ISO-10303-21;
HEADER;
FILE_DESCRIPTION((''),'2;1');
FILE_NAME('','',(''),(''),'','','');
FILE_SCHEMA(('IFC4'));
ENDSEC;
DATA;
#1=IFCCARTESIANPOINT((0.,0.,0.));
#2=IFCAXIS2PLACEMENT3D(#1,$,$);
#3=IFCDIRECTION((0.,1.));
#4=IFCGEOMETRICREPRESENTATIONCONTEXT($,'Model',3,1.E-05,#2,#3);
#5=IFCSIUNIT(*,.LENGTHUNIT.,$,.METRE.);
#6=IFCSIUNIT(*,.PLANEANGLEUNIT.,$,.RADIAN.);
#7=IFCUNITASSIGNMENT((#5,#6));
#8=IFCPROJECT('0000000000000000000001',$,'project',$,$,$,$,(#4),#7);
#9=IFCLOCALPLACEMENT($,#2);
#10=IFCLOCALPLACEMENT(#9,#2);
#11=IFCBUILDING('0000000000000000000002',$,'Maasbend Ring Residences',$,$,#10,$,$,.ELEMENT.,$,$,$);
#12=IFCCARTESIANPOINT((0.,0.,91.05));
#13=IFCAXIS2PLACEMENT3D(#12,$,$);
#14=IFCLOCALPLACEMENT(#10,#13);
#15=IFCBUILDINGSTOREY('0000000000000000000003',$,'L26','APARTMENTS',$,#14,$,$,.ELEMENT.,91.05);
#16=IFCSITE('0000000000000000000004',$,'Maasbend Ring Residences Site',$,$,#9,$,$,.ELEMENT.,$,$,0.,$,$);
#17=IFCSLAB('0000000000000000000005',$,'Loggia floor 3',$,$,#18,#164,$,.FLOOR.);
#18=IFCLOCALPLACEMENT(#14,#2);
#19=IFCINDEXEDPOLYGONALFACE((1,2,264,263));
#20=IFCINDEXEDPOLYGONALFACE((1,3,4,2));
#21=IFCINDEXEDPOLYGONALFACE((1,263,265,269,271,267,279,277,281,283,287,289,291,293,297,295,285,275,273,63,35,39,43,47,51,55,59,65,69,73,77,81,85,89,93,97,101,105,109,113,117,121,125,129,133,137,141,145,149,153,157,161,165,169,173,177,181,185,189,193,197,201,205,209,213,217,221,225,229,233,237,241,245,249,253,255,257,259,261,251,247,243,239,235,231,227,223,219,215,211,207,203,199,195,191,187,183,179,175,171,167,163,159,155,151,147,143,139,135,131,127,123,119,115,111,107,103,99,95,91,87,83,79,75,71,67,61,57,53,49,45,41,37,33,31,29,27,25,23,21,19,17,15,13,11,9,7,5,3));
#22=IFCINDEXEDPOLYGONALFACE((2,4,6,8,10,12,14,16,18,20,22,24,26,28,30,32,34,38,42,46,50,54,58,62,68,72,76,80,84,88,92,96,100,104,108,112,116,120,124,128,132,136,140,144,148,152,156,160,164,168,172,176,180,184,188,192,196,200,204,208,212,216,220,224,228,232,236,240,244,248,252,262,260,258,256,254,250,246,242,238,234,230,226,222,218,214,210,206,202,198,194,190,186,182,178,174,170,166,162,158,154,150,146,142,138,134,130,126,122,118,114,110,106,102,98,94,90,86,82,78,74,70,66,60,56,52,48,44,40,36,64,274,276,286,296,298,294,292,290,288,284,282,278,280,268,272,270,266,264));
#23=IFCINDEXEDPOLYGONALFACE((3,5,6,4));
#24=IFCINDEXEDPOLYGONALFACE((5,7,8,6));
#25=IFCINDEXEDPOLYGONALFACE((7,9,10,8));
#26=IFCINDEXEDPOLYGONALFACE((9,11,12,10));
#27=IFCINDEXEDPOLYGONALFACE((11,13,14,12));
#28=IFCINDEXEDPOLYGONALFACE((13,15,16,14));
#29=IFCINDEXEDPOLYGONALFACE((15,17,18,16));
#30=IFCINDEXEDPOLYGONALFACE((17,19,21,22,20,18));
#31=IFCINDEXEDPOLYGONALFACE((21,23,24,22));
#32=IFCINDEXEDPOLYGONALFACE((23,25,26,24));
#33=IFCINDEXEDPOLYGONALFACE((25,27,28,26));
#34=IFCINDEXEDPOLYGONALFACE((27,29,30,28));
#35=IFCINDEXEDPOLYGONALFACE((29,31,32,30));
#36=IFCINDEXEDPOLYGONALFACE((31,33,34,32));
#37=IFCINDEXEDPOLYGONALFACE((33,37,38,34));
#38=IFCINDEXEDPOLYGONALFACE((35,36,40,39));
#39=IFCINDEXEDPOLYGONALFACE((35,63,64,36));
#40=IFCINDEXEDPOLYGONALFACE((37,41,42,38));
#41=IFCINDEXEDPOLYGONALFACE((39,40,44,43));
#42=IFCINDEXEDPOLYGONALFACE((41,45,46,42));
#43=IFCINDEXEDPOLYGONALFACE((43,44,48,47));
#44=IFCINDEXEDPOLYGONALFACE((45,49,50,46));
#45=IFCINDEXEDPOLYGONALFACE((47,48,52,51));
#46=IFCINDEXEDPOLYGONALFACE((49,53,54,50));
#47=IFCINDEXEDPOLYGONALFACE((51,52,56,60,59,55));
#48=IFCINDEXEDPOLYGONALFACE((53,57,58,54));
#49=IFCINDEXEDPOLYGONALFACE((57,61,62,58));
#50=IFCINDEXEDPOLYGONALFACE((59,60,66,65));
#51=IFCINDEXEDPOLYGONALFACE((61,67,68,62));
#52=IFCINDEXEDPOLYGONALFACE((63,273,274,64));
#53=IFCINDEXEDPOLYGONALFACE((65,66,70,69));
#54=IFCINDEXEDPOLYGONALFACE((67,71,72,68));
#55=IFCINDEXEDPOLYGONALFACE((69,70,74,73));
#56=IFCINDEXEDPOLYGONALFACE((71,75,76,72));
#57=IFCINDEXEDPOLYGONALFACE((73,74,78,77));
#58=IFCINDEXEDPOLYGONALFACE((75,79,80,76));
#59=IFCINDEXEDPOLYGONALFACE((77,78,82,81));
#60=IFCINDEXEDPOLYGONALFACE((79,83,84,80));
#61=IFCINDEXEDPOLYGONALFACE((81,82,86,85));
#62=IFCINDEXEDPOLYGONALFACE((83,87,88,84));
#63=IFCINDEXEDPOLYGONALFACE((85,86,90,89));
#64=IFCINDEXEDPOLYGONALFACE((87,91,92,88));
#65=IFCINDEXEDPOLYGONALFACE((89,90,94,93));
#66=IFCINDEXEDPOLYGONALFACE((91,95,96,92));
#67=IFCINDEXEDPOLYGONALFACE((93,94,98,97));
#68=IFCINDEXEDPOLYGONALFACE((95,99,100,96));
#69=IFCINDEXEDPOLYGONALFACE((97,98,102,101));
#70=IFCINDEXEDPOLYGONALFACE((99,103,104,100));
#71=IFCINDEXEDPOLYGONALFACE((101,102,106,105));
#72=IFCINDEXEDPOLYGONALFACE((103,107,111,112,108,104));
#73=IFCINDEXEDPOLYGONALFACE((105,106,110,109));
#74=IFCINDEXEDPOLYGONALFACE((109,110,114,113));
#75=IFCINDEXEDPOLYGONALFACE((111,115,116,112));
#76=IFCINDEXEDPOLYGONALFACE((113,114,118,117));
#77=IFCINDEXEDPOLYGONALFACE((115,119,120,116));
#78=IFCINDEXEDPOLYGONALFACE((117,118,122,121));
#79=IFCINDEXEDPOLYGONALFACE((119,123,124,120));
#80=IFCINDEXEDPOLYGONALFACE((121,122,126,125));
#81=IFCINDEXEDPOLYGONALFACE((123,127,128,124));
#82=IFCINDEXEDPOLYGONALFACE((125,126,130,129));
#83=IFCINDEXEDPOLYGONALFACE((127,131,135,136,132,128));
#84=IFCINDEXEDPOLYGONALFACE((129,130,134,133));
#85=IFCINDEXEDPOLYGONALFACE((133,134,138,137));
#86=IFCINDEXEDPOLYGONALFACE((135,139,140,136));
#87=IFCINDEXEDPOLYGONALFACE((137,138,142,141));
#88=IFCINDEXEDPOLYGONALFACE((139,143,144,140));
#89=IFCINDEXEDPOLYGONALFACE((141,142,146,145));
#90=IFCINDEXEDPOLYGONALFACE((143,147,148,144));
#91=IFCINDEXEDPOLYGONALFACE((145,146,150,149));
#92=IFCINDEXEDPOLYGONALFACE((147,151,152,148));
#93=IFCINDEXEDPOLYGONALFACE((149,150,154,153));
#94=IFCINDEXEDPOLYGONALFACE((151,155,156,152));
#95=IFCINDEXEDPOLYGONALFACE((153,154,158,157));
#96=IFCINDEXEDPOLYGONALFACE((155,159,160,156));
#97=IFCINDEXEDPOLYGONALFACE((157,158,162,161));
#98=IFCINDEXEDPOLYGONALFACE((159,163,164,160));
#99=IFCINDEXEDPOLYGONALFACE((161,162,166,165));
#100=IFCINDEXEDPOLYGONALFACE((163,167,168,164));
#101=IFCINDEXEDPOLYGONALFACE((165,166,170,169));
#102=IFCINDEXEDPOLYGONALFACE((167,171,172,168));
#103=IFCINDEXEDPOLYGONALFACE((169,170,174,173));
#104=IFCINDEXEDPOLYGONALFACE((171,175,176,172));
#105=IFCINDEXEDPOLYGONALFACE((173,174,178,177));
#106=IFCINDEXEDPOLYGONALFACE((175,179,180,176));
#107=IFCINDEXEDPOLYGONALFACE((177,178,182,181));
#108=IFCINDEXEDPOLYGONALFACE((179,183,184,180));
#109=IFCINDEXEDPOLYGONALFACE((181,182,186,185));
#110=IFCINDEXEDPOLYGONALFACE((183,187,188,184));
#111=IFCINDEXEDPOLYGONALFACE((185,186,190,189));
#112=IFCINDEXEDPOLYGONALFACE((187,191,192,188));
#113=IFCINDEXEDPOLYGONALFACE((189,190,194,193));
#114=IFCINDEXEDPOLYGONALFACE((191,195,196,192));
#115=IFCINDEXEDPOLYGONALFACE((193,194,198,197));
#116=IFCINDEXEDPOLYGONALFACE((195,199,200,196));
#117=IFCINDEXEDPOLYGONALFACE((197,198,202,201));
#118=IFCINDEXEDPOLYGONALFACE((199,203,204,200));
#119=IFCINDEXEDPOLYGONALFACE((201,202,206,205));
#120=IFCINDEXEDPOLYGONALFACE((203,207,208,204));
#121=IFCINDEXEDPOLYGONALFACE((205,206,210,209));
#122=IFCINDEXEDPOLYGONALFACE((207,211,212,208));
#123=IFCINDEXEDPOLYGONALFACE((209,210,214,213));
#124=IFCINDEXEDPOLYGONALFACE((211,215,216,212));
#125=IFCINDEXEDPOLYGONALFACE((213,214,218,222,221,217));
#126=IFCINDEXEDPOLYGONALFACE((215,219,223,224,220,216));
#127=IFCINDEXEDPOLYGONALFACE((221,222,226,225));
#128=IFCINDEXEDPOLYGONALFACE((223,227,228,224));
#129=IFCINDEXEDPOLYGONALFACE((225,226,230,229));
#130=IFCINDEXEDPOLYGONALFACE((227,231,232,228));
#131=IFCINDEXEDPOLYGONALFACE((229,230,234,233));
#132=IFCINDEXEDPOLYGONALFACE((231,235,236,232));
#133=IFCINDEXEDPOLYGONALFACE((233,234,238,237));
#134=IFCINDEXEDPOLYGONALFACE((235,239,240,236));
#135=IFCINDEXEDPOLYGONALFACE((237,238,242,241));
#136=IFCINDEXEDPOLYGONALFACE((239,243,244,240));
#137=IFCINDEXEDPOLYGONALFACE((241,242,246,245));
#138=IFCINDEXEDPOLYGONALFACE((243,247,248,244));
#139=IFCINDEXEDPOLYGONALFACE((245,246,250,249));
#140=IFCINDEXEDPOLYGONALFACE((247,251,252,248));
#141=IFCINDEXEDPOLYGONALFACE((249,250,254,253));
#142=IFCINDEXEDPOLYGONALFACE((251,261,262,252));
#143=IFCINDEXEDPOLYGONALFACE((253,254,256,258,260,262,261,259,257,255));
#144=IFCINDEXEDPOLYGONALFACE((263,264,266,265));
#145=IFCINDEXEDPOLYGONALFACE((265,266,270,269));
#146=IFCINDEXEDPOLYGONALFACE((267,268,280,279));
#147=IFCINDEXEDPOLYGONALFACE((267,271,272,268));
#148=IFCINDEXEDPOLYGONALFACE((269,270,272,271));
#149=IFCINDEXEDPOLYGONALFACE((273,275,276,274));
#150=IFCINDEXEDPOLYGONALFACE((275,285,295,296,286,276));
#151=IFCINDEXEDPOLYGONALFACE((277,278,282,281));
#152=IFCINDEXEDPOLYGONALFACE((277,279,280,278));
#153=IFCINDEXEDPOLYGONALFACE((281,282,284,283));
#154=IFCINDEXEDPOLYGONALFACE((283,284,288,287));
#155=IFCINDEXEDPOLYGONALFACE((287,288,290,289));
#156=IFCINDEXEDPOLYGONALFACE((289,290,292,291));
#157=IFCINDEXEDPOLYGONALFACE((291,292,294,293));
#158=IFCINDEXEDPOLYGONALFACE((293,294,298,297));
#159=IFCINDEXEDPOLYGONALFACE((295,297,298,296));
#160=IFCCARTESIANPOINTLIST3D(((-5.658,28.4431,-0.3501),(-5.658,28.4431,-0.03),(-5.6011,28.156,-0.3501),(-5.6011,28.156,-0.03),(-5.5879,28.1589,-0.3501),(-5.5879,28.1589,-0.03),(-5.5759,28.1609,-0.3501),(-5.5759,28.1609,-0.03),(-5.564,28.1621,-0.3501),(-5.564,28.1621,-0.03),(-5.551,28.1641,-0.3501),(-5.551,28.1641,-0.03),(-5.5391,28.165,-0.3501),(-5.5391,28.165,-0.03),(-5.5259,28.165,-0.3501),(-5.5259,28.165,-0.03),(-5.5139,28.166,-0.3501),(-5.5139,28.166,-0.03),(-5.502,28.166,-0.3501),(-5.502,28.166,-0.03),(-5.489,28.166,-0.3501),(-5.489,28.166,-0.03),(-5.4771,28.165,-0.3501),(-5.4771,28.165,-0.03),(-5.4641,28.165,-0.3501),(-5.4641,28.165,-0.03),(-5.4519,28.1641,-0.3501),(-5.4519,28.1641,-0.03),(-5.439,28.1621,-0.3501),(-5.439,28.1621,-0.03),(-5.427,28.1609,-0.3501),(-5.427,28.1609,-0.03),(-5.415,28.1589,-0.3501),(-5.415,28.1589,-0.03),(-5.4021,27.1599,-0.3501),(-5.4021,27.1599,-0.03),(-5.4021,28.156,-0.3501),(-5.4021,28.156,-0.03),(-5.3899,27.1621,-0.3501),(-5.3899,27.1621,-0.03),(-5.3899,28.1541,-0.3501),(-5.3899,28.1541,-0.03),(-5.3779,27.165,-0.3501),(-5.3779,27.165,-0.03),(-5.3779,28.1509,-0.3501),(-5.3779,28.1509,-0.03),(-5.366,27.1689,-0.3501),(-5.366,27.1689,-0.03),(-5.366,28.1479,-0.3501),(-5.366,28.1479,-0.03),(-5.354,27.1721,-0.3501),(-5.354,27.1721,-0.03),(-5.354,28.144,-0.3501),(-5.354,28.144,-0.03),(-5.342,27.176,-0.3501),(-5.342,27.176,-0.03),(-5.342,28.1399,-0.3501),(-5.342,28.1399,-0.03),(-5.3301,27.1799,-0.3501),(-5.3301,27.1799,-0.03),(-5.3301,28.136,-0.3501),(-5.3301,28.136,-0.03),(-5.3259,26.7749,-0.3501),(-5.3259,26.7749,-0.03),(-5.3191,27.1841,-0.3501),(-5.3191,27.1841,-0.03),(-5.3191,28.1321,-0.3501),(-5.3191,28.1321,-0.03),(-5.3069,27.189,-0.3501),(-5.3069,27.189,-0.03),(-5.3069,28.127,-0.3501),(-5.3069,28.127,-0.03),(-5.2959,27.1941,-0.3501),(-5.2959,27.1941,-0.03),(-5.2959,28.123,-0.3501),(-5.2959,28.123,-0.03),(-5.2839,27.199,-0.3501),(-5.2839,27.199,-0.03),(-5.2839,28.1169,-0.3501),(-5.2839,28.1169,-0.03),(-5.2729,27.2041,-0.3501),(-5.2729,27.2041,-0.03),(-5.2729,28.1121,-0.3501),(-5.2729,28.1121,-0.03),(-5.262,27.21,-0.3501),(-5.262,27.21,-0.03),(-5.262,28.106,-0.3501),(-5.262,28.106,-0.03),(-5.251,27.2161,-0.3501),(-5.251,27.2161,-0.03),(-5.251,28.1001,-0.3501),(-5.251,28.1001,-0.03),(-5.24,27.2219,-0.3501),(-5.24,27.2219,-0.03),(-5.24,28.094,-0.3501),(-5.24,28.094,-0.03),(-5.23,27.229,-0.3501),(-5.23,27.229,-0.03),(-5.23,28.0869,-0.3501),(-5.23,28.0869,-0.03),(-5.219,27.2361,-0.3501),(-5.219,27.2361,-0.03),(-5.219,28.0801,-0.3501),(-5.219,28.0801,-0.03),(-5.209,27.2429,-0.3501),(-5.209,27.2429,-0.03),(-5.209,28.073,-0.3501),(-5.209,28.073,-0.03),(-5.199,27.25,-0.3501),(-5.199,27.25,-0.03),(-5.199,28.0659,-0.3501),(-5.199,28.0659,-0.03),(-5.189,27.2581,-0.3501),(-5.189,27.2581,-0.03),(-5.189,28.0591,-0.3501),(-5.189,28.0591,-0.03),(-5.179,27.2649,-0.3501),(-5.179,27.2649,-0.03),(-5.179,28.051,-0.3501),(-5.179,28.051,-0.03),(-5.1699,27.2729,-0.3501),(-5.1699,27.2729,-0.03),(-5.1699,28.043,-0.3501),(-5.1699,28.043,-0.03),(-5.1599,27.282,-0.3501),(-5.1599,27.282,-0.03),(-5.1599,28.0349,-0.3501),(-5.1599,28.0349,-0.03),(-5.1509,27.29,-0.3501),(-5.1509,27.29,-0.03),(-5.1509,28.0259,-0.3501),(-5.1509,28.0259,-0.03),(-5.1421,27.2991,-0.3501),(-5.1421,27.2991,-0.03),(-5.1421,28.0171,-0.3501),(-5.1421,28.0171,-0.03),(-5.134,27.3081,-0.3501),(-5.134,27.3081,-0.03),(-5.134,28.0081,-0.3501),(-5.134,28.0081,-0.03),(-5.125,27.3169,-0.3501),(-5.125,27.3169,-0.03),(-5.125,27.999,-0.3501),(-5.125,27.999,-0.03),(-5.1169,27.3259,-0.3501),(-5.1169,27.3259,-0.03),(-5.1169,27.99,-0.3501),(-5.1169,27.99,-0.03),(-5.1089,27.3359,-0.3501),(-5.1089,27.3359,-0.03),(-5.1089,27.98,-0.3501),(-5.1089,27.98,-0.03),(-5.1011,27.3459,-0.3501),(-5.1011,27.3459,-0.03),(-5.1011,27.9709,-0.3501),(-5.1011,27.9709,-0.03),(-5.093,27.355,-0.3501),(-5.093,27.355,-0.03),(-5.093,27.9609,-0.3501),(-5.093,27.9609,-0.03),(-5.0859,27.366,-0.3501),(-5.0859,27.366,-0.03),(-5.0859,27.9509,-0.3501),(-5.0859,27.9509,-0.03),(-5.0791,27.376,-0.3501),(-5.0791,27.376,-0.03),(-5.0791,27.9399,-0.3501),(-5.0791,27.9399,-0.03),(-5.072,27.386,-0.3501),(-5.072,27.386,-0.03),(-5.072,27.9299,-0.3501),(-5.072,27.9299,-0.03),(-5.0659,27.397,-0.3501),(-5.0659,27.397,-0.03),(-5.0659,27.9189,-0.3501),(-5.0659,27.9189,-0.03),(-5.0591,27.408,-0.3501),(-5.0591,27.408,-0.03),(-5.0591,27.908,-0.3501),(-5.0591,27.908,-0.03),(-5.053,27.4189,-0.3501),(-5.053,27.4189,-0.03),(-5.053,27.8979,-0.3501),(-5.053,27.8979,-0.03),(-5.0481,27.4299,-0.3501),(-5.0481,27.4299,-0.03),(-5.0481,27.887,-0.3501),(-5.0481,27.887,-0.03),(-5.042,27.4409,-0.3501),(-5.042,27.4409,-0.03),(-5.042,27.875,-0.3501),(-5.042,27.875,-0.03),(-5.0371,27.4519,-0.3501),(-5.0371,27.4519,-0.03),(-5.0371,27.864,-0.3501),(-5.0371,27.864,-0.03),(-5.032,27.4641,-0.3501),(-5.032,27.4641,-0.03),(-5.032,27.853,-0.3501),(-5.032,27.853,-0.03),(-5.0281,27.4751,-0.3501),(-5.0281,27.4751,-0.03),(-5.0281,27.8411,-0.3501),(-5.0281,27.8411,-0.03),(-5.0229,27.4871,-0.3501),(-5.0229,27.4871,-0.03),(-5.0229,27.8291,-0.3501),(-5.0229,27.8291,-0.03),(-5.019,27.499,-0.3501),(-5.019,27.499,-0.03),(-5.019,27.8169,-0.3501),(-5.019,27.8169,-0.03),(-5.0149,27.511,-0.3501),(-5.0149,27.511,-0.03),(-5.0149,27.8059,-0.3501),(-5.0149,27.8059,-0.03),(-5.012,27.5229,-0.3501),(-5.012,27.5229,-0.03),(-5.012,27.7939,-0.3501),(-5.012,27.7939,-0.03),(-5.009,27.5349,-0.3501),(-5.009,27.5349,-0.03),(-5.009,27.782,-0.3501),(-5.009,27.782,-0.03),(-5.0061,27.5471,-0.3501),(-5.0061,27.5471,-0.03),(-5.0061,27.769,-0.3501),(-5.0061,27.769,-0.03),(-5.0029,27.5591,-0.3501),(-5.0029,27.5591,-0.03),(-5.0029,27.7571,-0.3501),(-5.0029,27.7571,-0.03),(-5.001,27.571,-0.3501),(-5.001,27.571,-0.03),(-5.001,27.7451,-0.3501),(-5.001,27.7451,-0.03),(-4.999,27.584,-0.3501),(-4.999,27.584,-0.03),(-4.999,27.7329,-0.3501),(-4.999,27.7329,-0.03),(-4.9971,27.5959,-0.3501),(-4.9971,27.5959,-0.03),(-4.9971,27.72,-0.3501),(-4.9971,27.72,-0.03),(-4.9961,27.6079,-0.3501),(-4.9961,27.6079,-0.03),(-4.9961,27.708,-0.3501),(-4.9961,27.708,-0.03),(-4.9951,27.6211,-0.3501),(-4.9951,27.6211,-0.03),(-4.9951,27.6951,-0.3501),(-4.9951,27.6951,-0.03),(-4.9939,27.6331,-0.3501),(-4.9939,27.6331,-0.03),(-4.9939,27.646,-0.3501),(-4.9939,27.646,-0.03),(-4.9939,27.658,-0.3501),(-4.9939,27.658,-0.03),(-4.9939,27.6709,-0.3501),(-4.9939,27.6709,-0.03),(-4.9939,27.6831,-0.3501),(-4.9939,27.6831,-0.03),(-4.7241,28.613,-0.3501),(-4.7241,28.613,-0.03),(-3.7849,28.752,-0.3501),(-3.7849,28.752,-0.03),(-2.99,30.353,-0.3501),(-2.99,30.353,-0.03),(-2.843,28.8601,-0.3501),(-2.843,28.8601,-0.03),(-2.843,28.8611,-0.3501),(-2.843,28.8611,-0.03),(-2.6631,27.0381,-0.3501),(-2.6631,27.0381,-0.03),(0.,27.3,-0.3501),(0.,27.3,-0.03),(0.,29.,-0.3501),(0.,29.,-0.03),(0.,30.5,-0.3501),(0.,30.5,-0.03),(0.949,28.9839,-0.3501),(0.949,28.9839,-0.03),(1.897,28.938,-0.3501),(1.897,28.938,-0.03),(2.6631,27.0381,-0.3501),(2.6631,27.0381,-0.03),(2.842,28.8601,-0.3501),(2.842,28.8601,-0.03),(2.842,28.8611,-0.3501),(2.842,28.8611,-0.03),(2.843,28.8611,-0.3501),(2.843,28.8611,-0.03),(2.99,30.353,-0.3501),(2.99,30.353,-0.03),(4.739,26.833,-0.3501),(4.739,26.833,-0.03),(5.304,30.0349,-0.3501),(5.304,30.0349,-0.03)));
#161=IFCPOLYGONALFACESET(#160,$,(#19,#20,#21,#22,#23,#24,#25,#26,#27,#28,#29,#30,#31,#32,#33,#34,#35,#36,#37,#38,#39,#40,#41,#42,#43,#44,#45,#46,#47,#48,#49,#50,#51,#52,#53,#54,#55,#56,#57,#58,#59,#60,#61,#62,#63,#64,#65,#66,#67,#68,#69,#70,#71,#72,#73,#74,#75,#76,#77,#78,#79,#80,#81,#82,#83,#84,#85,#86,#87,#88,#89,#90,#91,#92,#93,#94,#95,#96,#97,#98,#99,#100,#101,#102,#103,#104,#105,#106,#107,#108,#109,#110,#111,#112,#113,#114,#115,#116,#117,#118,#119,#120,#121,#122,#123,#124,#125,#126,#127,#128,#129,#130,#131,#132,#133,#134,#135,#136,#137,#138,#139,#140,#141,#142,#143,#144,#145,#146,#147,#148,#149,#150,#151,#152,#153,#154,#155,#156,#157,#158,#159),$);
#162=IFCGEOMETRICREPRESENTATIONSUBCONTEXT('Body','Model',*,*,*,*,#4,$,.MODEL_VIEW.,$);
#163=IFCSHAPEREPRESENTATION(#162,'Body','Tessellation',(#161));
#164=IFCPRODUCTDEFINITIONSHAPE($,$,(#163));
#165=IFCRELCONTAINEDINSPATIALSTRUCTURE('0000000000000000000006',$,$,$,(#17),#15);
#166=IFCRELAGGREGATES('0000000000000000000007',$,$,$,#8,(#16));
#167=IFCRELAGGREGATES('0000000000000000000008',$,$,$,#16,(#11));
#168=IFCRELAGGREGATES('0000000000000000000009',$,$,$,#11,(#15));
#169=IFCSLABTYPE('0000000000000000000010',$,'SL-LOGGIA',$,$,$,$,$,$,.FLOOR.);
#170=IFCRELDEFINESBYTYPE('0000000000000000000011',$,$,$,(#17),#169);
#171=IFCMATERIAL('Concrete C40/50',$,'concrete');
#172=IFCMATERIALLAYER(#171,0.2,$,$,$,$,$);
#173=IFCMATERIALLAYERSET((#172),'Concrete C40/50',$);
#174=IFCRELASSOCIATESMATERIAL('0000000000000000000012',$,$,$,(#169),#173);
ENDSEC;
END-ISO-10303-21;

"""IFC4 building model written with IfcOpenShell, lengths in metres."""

from ifc_helpers import new_model, si_unit, direction, frame, origin, place, context, subcontext, project, spatial, polyline, outline, extrude, material, layer, layer_set, type_object, element, save


model = new_model("IFC4")

# Units and contexts
model_context = context("Model", 3, precision=1e-05, world=origin(), true_north=direction((0.0, 1.0)))
body_context = subcontext(model_context, "Body", "Model", "MODEL_VIEW")
ifc_project = project(units=[si_unit("LENGTHUNIT", "METRE"), si_unit("PLANEANGLEUNIT", "RADIAN")], contexts=[model_context])

# Site, building, storey
site_placement = place(None, origin())
site = spatial("IfcSite", under=ifc_project, at=site_placement, Name="Maasbend Ring Residences Site", CompositionType="ELEMENT", RefElevation=0.0)
building_placement = place(site_placement, origin())
building = spatial("IfcBuilding", under=site, at=building_placement, Name="Maasbend Ring Residences", CompositionType="ELEMENT")
storey_placement = place(building_placement, frame((0.0, 0.0, 91.05)))
storey = spatial("IfcBuildingStorey", under=building, at=storey_placement, Name="L26", Description="APARTMENTS", CompositionType="ELEMENT", Elevation=91.05)

# Slab
ifc_material_1 = material(Name="Concrete C40/50", Category="concrete")
ifc_layer_1 = layer(ifc_material_1, 0.2)
ifc_layer_set_1 = layer_set([ifc_layer_1], Name="Concrete C40/50")
slab_type_1 = type_object("IfcSlabType", Name="SL-LOGGIA", PredefinedType="FLOOR", material=ifc_layer_set_1)
slab_1_placement = place(storey_placement, frame((0.0, 0.0, -0.3501)))
element("IfcSlab", 1, at=slab_1_placement, inside=storey, type_object=slab_type_1, Name="Loggia floor 3", PredefinedType="FLOOR", context=body_context, shape_type="SweptSolid", body=[
    extrude(outline(polyline([(-3.7849, 28.752), (-2.843, 28.8601), (-2.843, 28.8601), (-2.843, 28.8601), (-2.843, 28.8601), (-2.843, 28.8601), (-2.843, 28.8601), (-2.843, 28.8601), (-2.843, 28.8601), (-2.843, 28.8601), (-2.843, 28.8611), (-2.843, 28.8611), (-2.843, 28.8611), (-2.843, 28.8611), (-2.843, 28.8611), (-2.843, 28.8611), (-2.843, 28.8611), (-2.843, 28.8611), (-2.99, 30.353), (-2.99, 30.353), (-2.99, 30.353), (0.0, 30.5), (0.0, 30.5), (0.0, 30.5), (0.0, 29.0), (0.0, 29.0), (0.0, 29.0), (0.0, 29.0), (0.0, 29.0), (0.0, 29.0), (0.0, 29.0), (0.0, 29.0), (0.0, 29.0), (0.0, 29.0), (0.0, 29.0), (0.0, 29.0), (0.0, 29.0), (0.0, 29.0), (0.0, 29.0), (0.0, 29.0), (0.0, 29.0), (0.949, 28.9839), (0.949, 28.9839), (1.897, 28.938), (1.897, 28.938), (2.842, 28.8601), (2.842, 28.8601), (2.842, 28.8601), (2.842, 28.8601), (2.842, 28.8601), (2.842, 28.8601), (2.842, 28.8601), (2.842, 28.8601), (2.842, 28.8611), (2.842, 28.8611), (2.842, 28.8611), (2.842, 28.8611), (2.842, 28.8611), (2.843, 28.8611), (2.843, 28.8611), (2.843, 28.8611), (2.843, 28.8611), (2.99, 30.353), (2.99, 30.353), (2.99, 30.353), (5.304, 30.0349), (5.304, 30.0349), (5.304, 30.0349), (4.739, 26.833), (4.739, 26.833), (4.739, 26.833), (2.6631, 27.0381), (0.0, 27.3), (0.0, 27.3), (0.0, 27.3), (-2.6631, 27.0381), (-5.3259, 26.7749), (-5.3259, 26.7749), (-5.3259, 26.7749), (-5.4021, 27.1599), (-5.4021, 27.1599), (-5.3899, 27.1621), (-5.3779, 27.165), (-5.366, 27.1689), (-5.354, 27.1721), (-5.342, 27.176), (-5.3301, 27.1799), (-5.3191, 27.1841), (-5.3069, 27.189), (-5.2959, 27.1941), (-5.2839, 27.199), (-5.2729, 27.2041), (-5.262, 27.21), (-5.251, 27.2161), (-5.24, 27.2219), (-5.23, 27.229), (-5.219, 27.2361), (-5.209, 27.2429), (-5.199, 27.25), (-5.189, 27.2581), (-5.179, 27.2649), (-5.1699, 27.2729), (-5.1599, 27.282), (-5.1509, 27.29), (-5.1421, 27.2991), (-5.134, 27.3081), (-5.125, 27.3169), (-5.1169, 27.3259), (-5.1089, 27.3359), (-5.1011, 27.3459), (-5.093, 27.355), (-5.0859, 27.366), (-5.0791, 27.376), (-5.072, 27.386), (-5.0659, 27.397), (-5.0591, 27.408), (-5.053, 27.4189), (-5.0481, 27.4299), (-5.042, 27.4409), (-5.0371, 27.4519), (-5.032, 27.4641), (-5.0281, 27.4751), (-5.0229, 27.4871), (-5.019, 27.499), (-5.0149, 27.511), (-5.012, 27.5229), (-5.009, 27.5349), (-5.0061, 27.5471), (-5.0029, 27.5591), (-5.001, 27.571), (-4.999, 27.584), (-4.9971, 27.5959), (-4.9961, 27.6079), (-4.9951, 27.6211), (-4.9939, 27.6331), (-4.9939, 27.646), (-4.9939, 27.658), (-4.9939, 27.6709), (-4.9939, 27.6831), (-4.9951, 27.6951), (-4.9961, 27.708), (-4.9971, 27.72), (-4.999, 27.7329), (-5.001, 27.7451), (-5.0029, 27.7571), (-5.0061, 27.769), (-5.009, 27.782), (-5.012, 27.7939), (-5.0149, 27.8059), (-5.019, 27.8169), (-5.0229, 27.8291), (-5.0281, 27.8411), (-5.032, 27.853), (-5.0371, 27.864), (-5.042, 27.875), (-5.0481, 27.887), (-5.053, 27.8979), (-5.0591, 27.908), (-5.0659, 27.9189), (-5.072, 27.9299), (-5.0791, 27.9399), (-5.0859, 27.9509), (-5.093, 27.9609), (-5.1011, 27.9709), (-5.1089, 27.98), (-5.1169, 27.99), (-5.125, 27.999), (-5.134, 28.0081), (-5.1421, 28.0171), (-5.1509, 28.0259), (-5.1599, 28.0349), (-5.1699, 28.043), (-5.179, 28.051), (-5.189, 28.0591), (-5.199, 28.0659), (-5.209, 28.073), (-5.219, 28.0801), (-5.23, 28.0869), (-5.24, 28.094), (-5.251, 28.1001), (-5.262, 28.106), (-5.2729, 28.1121), (-5.2839, 28.1169), (-5.2959, 28.123), (-5.3069, 28.127), (-5.3191, 28.1321), (-5.3301, 28.136), (-5.342, 28.1399), (-5.354, 28.144), (-5.366, 28.1479), (-5.3779, 28.1509), (-5.3899, 28.1541), (-5.4021, 28.156), (-5.415, 28.1589), (-5.427, 28.1609), (-5.439, 28.1621), (-5.4519, 28.1641), (-5.4641, 28.165), (-5.4771, 28.165), (-5.489, 28.166), (-5.502, 28.166), (-5.5139, 28.166), (-5.5259, 28.165), (-5.5391, 28.165), (-5.551, 28.1641), (-5.564, 28.1621), (-5.5759, 28.1609), (-5.5879, 28.1589), (-5.6011, 28.156), (-5.6011, 28.156), (-5.658, 28.4431), (-5.658, 28.4431), (-5.658, 28.4431), (-4.7241, 28.613), (-4.7241, 28.613), (-3.7849, 28.752), (-3.7849, 28.752)])), origin(), (0.0, 0.0, 1.0), 0.3201),
])

save(model, "model.ifc")
